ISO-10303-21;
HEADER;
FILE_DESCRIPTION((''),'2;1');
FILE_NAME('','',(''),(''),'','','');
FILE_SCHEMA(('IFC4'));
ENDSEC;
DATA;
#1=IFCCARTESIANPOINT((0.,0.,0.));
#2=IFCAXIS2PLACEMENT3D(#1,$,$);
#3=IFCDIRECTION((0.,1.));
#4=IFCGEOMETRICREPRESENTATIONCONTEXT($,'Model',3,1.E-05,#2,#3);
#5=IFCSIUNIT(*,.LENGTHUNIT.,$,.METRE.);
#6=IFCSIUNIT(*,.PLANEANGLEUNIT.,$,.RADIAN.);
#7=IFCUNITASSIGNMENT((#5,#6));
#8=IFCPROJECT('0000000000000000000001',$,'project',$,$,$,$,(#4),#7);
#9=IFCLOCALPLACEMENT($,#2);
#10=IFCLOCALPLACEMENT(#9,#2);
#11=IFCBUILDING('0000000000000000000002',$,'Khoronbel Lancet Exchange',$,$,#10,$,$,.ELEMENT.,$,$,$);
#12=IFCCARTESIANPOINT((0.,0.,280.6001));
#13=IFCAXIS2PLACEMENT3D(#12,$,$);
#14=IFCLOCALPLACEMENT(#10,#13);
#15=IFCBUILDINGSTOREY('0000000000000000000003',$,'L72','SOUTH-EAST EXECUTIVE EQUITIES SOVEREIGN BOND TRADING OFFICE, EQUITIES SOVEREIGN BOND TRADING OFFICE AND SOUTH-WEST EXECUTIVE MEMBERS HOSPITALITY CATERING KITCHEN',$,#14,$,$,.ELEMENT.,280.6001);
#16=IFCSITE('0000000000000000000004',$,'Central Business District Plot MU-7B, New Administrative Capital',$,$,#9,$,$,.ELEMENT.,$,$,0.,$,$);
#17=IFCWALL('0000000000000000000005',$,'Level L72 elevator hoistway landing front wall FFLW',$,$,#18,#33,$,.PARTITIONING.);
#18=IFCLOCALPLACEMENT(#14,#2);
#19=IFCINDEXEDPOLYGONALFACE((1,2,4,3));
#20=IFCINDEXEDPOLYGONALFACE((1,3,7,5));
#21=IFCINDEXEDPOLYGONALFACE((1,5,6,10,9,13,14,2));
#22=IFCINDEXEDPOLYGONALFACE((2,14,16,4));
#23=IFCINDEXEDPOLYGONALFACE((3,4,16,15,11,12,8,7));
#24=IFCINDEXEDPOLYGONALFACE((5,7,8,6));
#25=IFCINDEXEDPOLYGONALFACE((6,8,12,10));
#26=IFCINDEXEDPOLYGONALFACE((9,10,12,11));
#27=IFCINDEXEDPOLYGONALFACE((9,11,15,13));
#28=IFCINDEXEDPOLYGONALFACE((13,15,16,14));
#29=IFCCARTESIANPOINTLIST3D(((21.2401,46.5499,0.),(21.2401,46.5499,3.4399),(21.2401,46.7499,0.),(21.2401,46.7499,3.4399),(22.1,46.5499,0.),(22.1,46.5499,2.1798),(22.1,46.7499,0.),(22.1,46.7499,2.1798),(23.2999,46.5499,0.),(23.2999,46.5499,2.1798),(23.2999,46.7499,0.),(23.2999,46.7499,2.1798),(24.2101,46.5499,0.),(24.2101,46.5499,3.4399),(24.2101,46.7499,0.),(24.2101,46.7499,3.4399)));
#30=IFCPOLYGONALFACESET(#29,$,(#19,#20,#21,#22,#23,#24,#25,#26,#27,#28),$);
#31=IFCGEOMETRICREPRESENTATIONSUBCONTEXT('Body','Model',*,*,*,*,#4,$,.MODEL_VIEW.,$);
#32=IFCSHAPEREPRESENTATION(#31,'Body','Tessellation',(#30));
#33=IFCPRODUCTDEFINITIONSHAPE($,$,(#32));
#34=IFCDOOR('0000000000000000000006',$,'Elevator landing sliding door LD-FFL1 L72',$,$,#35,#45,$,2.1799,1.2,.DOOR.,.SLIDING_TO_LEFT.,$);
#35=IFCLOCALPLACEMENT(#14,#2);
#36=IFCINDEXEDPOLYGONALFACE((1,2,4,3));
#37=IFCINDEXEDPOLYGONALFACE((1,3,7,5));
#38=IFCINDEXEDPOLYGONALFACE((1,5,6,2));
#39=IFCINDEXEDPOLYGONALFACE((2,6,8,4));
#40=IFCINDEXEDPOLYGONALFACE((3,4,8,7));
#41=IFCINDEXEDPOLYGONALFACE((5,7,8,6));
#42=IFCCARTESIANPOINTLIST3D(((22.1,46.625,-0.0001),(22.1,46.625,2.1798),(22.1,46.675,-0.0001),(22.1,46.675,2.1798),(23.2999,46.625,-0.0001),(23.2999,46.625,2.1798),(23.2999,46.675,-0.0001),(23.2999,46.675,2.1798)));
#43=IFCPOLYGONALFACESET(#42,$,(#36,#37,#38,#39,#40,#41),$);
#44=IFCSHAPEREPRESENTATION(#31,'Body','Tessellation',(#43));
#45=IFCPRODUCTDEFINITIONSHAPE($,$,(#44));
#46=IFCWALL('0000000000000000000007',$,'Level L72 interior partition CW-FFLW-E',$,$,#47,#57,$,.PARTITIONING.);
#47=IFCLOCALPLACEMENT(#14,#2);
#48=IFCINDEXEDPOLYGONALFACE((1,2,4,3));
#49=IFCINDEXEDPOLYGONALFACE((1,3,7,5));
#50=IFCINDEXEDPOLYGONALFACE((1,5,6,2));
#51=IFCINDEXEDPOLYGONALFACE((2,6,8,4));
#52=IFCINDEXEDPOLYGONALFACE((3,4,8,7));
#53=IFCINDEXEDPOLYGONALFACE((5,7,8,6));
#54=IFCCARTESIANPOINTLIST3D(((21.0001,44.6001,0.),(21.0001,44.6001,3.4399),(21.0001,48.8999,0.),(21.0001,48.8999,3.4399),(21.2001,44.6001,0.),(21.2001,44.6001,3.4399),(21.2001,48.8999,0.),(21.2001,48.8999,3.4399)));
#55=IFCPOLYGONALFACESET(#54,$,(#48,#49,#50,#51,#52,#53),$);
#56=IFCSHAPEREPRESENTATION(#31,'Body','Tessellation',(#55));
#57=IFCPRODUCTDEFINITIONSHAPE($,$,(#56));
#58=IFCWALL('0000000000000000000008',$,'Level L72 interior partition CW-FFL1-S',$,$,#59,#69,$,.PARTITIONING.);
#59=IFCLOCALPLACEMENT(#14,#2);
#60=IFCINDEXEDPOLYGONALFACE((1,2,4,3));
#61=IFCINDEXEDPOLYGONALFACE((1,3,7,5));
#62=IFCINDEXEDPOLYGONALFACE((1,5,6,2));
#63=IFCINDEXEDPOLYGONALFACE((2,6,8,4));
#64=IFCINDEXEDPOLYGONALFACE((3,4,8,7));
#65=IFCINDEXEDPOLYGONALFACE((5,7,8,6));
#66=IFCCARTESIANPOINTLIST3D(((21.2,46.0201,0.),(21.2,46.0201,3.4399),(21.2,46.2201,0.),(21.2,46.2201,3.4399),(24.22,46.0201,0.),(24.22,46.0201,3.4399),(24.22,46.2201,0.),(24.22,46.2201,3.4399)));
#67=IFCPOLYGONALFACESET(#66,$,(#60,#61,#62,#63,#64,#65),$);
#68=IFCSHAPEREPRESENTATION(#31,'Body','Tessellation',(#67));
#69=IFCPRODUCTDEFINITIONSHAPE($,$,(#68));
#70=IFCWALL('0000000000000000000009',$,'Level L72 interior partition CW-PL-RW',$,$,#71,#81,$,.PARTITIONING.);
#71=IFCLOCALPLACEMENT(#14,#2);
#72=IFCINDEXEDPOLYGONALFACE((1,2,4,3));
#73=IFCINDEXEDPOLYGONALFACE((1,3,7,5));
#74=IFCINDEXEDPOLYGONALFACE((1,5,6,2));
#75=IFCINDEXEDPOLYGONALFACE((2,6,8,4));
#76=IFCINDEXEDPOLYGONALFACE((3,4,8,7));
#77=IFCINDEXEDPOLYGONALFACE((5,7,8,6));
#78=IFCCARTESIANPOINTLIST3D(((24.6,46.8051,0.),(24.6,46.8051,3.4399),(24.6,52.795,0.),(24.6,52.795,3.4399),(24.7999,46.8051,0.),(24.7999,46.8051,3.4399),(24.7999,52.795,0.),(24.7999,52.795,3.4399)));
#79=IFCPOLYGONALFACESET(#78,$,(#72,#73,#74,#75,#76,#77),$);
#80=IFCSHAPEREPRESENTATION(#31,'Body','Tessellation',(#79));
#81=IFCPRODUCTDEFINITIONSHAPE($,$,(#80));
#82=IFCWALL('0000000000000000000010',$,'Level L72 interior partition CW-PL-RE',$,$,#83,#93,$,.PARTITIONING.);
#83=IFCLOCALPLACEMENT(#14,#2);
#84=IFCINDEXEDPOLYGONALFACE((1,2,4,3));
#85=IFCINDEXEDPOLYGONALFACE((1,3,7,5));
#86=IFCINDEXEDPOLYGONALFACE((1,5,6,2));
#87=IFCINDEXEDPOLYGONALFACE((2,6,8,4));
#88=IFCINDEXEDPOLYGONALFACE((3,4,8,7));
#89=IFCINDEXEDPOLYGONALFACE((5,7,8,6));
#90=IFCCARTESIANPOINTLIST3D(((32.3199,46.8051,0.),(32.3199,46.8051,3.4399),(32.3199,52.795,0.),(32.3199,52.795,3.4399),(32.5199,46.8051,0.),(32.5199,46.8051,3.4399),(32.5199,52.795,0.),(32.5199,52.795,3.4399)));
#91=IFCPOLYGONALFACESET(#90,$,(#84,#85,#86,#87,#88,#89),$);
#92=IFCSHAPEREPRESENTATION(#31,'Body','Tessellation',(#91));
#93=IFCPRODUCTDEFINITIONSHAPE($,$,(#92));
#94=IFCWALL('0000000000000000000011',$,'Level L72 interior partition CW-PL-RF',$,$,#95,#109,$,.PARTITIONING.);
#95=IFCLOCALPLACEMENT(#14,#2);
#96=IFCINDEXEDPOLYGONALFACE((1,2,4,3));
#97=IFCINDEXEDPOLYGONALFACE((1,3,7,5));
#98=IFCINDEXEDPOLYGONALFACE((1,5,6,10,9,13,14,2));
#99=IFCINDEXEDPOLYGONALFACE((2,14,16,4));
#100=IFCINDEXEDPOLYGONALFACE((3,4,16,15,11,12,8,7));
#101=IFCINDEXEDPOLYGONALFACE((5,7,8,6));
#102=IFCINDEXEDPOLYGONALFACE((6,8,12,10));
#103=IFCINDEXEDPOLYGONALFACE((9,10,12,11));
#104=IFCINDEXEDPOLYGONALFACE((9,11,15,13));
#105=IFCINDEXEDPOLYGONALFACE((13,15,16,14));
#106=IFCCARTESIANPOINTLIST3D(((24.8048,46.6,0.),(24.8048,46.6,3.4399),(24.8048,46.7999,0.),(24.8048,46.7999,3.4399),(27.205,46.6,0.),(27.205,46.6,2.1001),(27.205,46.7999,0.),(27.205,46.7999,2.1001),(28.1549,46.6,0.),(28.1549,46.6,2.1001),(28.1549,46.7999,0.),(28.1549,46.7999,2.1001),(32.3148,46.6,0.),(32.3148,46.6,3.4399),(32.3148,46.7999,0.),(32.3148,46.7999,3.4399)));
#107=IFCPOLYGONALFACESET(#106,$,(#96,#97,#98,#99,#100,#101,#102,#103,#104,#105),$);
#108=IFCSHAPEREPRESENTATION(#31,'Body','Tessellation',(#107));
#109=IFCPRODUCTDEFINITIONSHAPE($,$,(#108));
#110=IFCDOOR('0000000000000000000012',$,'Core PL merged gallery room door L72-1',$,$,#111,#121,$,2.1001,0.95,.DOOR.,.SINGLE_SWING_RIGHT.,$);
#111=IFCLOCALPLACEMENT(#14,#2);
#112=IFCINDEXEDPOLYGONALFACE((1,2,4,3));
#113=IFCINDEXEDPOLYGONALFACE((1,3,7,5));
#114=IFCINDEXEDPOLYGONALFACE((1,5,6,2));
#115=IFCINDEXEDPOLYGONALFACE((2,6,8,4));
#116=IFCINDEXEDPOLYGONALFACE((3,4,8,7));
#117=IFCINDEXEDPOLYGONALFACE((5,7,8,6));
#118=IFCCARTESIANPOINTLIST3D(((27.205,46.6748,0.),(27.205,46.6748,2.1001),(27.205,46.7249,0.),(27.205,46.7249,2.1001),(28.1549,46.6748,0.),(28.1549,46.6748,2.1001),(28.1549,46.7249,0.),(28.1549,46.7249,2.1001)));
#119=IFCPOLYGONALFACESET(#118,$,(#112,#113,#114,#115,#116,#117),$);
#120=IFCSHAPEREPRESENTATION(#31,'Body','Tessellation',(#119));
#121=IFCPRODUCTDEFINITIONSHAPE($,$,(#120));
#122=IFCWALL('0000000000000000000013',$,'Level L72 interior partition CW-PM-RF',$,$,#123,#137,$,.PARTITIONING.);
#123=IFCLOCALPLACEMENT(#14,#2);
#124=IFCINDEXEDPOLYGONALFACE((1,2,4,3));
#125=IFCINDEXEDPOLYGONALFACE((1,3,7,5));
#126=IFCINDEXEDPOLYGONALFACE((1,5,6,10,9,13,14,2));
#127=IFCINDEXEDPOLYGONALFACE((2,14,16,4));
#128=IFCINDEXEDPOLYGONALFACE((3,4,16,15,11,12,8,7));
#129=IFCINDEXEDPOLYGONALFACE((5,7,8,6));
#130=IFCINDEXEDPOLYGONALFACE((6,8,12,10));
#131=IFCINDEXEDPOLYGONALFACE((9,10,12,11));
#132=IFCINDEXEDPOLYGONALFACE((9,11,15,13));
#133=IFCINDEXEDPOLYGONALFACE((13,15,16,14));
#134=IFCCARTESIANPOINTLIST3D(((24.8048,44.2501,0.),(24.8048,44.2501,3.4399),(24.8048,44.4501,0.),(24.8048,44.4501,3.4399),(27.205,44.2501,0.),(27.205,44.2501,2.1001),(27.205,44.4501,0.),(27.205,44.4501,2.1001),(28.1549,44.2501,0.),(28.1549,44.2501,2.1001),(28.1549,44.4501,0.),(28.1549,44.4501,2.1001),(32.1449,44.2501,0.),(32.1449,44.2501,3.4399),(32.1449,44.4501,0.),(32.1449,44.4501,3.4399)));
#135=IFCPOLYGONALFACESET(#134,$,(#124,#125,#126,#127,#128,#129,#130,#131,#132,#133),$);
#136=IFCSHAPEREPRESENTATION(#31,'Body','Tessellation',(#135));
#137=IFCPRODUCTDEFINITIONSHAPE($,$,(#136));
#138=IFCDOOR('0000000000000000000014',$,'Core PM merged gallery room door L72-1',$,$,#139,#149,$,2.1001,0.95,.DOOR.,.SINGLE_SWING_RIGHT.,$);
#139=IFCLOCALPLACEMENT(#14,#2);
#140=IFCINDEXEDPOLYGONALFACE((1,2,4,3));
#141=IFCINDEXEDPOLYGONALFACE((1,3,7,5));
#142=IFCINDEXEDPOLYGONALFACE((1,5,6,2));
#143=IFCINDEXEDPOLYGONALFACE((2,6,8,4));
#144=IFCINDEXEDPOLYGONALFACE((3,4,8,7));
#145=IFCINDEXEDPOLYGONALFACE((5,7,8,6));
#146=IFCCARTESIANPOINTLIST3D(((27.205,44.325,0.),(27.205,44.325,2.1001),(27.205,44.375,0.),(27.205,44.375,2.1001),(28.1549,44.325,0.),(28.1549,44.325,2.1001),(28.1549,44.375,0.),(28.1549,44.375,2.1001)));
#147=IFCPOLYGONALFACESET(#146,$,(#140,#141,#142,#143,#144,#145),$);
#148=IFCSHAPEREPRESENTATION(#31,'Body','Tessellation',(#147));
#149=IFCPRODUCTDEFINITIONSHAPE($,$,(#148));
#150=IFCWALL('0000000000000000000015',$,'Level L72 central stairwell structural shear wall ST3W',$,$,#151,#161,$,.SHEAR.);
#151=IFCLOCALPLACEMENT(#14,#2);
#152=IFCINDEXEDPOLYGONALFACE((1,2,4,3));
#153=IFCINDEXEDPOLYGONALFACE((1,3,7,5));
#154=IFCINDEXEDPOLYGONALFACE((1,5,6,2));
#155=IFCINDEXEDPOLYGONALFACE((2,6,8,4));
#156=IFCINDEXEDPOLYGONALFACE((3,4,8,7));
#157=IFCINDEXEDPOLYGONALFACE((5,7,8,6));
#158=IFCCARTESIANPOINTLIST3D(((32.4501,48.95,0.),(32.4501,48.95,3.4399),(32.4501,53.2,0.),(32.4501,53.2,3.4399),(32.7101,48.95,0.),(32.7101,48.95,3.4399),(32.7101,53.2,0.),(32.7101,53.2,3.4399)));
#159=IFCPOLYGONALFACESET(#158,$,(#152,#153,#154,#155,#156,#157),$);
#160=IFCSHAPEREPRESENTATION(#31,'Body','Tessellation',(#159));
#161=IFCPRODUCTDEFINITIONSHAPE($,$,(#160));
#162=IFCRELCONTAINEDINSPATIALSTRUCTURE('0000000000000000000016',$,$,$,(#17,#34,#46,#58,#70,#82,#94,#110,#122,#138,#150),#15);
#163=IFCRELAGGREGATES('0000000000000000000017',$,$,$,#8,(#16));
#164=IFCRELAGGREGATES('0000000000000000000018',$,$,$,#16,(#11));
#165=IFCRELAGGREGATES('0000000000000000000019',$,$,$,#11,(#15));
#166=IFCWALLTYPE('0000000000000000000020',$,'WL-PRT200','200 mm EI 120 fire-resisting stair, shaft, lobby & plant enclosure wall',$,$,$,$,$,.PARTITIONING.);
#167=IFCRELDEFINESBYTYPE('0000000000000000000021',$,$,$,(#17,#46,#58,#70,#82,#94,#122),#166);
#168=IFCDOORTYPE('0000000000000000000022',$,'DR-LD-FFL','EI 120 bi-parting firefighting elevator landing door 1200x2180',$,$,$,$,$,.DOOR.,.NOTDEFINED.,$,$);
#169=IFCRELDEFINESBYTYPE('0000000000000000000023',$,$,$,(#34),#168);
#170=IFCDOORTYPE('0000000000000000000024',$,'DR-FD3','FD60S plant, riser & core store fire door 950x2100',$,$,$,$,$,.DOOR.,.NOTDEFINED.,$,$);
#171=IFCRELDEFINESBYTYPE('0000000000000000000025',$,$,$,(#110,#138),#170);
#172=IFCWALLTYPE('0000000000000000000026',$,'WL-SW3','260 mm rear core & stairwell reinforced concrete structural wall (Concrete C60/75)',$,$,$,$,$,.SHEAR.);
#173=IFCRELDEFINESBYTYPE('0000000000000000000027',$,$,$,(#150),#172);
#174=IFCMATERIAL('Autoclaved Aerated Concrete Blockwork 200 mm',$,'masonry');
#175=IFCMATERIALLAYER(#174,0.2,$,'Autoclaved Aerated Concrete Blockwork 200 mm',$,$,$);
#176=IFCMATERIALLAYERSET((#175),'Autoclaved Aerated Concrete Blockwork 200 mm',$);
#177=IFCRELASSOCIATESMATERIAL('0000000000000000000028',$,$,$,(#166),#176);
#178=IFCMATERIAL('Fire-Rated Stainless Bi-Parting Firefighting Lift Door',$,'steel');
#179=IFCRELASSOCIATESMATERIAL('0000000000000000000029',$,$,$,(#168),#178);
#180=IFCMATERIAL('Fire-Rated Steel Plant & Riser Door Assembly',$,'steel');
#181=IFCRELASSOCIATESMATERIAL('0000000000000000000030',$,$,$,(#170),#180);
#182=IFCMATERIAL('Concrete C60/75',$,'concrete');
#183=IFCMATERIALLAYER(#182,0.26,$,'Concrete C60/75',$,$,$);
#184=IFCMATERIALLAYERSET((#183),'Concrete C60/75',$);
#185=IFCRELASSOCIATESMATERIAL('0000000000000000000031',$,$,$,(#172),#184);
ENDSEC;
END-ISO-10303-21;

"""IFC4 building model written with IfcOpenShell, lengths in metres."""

from ifc_helpers import new_model, si_unit, direction, frame, frame_2d, origin, place, context, subcontext, project, spatial, rectangle, extrude, material, layer, layer_set, type_object, element, fill, save


model = new_model("IFC4")

# Units and contexts
model_context = context("Model", 3, precision=1e-05, world=origin(), true_north=direction((0.0, 1.0)))
body_context = subcontext(model_context, "Body", "Model", "MODEL_VIEW")
ifc_project = project(units=[si_unit("LENGTHUNIT", "METRE"), si_unit("PLANEANGLEUNIT", "RADIAN")], contexts=[model_context])

# Site, building, storey
site_placement = place(None, origin())
site = spatial("IfcSite", under=ifc_project, at=site_placement, Name="Central Business District Plot MU-7B, New Administrative Capital", CompositionType="ELEMENT", RefElevation=0.0)
building_placement = place(site_placement, origin())
building = spatial("IfcBuilding", under=site, at=building_placement, Name="Khoronbel Lancet Exchange", CompositionType="ELEMENT")
storey_placement = place(building_placement, frame((0.0, 0.0, 280.6001)))
storey = spatial("IfcBuildingStorey", under=building, at=storey_placement, Name="L72", Description="SOUTH-EAST EXECUTIVE EQUITIES SOVEREIGN BOND TRADING OFFICE, EQUITIES SOVEREIGN BOND TRADING OFFICE AND SOUTH-WEST EXECUTIVE MEMBERS HOSPITALITY CATERING KITCHEN", CompositionType="ELEMENT", Elevation=280.6001)

# Wall, opening, door
ifc_material_1 = material(Name="Autoclaved Aerated Concrete Blockwork 200 mm", Category="masonry")
ifc_layer_1 = layer(ifc_material_1, 0.2, Name="Autoclaved Aerated Concrete Blockwork 200 mm")
ifc_layer_set_1 = layer_set([ifc_layer_1], Name="Autoclaved Aerated Concrete Blockwork 200 mm")
wall_type_1 = type_object("IfcWallType", Name="WL-PRT200", Description="200 mm EI 120 fire-resisting stair, shaft, lobby & plant enclosure wall", PredefinedType="PARTITIONING", material=ifc_layer_set_1)
wall_1_placement = place(storey_placement, frame((24.21, 46.6499, 0.0), z_axis=(0.0, 0.0, 1.0), x_axis=(-1.0, 0.0, 0.0)))
wall_1 = element("IfcWall", 1, at=wall_1_placement, inside=storey, type_object=wall_type_1, Name="Level L72 elevator hoistway landing front wall FFLW", PredefinedType="PARTITIONING", context=body_context, shape_type="SweptSolid", body=[
    extrude(rectangle(XDim=2.97, YDim=0.2, at=frame_2d((1.4849, 0.0))), origin(), (0.0, 0.0, 1.0), 3.4399),
])
opening_1_placement = place(wall_1_placement, frame((0.9099, 0.0, 0.0)))
opening_1 = element("IfcOpeningElement", 2, at=opening_1_placement, cuts=wall_1, PredefinedType="OPENING", context=body_context, shape_type="SweptSolid", body=[
    extrude(rectangle(XDim=1.2, YDim=2.1799, at=frame_2d((0.6001, 1.0898))), frame((0.0, 0.1099, 0.0), z_axis=(0.0, -1.0, 0.0), x_axis=(1.0, 0.0, 0.0)), (0.0, 0.0, 1.0), 0.22),
])
ifc_material_2 = material(Name="Fire-Rated Stainless Bi-Parting Firefighting Lift Door", Category="steel")
door_type_1 = type_object("IfcDoorType", Name="DR-LD-FFL", Description="EI 120 bi-parting firefighting elevator landing door 1200x2180", OperationType="NOTDEFINED", PredefinedType="DOOR", material=ifc_material_2)
door_1_placement = place(opening_1_placement, origin())
door_1 = element("IfcDoor", 3, at=door_1_placement, inside=storey, type_object=door_type_1, Name="Elevator landing sliding door LD-FFL1 L72", OperationType="SLIDING_TO_LEFT", OverallHeight=2.1799, OverallWidth=1.2, PredefinedType="DOOR", context=body_context, shape_type="SweptSolid", body=[
    extrude(rectangle(XDim=1.2, YDim=2.1799, at=frame_2d((0.6001, 1.0898))), frame((0.0, 0.0249, 0.0), z_axis=(0.0, -1.0, 0.0), x_axis=(1.0, 0.0, 0.0)), (0.0, 0.0, 1.0), 0.05),
])
fill(opening_1, door_1)

# Walls
wall_2_placement = place(storey_placement, frame((21.1001, 44.6001, 0.0), z_axis=(0.0, 0.0, 1.0), x_axis=(0.0, 1.0, 0.0)))
element("IfcWall", 4, at=wall_2_placement, inside=storey, type_object=wall_type_1, Name="Level L72 interior partition CW-FFLW-E", PredefinedType="PARTITIONING", context=body_context, shape_type="SweptSolid", body=[
    extrude(rectangle(XDim=4.2998, YDim=0.2, at=frame_2d((2.1499, 0.0))), origin(), (0.0, 0.0, 1.0), 3.4399),
])
wall_3_placement = place(storey_placement, frame((21.2, 46.1201, 0.0), z_axis=(0.0, 0.0, 1.0), x_axis=(1.0, 0.0, 0.0)))
element("IfcWall", 5, at=wall_3_placement, inside=storey, type_object=wall_type_1, Name="Level L72 interior partition CW-FFL1-S", PredefinedType="PARTITIONING", context=body_context, shape_type="SweptSolid", body=[
    extrude(rectangle(XDim=3.02, YDim=0.2, at=frame_2d((1.51, 0.0))), origin(), (0.0, 0.0, 1.0), 3.4399),
])
for number, where, z_axis, x_axis, name in (
    (6, (24.7, 46.8049, 0.0), (0.0, 0.0, 1.0), (0.0, 1.0, 0.0), "Level L72 interior partition CW-PL-RW"),
    (7, (32.4199, 46.8049, 0.0), (0.0, 0.0, 1.0), (0.0, 1.0, 0.0), "Level L72 interior partition CW-PL-RE"),
):
    element("IfcWall", number, at=place(storey_placement, frame(where, z_axis=z_axis, x_axis=x_axis)), inside=storey, type_object=wall_type_1, Name=name, PredefinedType="PARTITIONING", context=body_context, shape_type="SweptSolid", body=[
        extrude(rectangle(XDim=5.99, YDim=0.2, at=frame_2d((2.9951, 0.0))), origin(), (0.0, 0.0, 1.0), 3.4399),
    ])

# Walls, openings, doors
wall_4_placement = place(storey_placement, frame((24.8049, 46.7, 0.0), z_axis=(0.0, 0.0, 1.0), x_axis=(1.0, 0.0, 0.0)))
wall_4 = element("IfcWall", 8, at=wall_4_placement, inside=storey, type_object=wall_type_1, Name="Level L72 interior partition CW-PL-RF", PredefinedType="PARTITIONING", context=body_context, shape_type="SweptSolid", body=[
    extrude(rectangle(XDim=7.51, YDim=0.2, at=frame_2d((3.7549, 0.0))), origin(), (0.0, 0.0, 1.0), 3.4399),
])
opening_2_placement = place(wall_4_placement, frame((2.3999, 0.0, 0.0)))
opening_2 = element("IfcOpeningElement", 9, at=opening_2_placement, cuts=wall_4, PredefinedType="OPENING", context=body_context, shape_type="SweptSolid", body=[
    extrude(rectangle(XDim=0.95, YDim=2.1001, at=frame_2d((0.4751, 1.05))), frame((0.0, 0.1099, 0.0), z_axis=(0.0, -1.0, 0.0), x_axis=(1.0, 0.0, 0.0)), (0.0, 0.0, 1.0), 0.22),
])
ifc_material_3 = material(Name="Fire-Rated Steel Plant & Riser Door Assembly", Category="steel")
door_type_2 = type_object("IfcDoorType", Name="DR-FD3", Description="FD60S plant, riser & core store fire door 950x2100", OperationType="NOTDEFINED", PredefinedType="DOOR", material=ifc_material_3)
door_2_placement = place(opening_2_placement, origin())
door_2 = element("IfcDoor", 10, at=door_2_placement, inside=storey, type_object=door_type_2, Name="Core PL merged gallery room door L72-1", OperationType="SINGLE_SWING_RIGHT", OverallHeight=2.1001, OverallWidth=0.95, PredefinedType="DOOR", context=body_context, shape_type="SweptSolid", body=[
    extrude(rectangle(XDim=0.95, YDim=2.1001, at=frame_2d((0.4751, 1.05))), frame((0.0, 0.0249, 0.0), z_axis=(0.0, -1.0, 0.0), x_axis=(1.0, 0.0, 0.0)), (0.0, 0.0, 1.0), 0.05),
])
fill(opening_2, door_2)
wall_5_placement = place(storey_placement, frame((24.8049, 44.3501, 0.0), z_axis=(0.0, 0.0, 1.0), x_axis=(1.0, 0.0, 0.0)))
wall_5 = element("IfcWall", 11, at=wall_5_placement, inside=storey, type_object=wall_type_1, Name="Level L72 interior partition CW-PM-RF", PredefinedType="PARTITIONING", context=body_context, shape_type="SweptSolid", body=[
    extrude(rectangle(XDim=7.3401, YDim=0.2, at=frame_2d((3.6699, 0.0))), origin(), (0.0, 0.0, 1.0), 3.4399),
])
opening_3_placement = place(wall_5_placement, frame((2.3999, 0.0, 0.0)))
opening_3 = element("IfcOpeningElement", 12, at=opening_3_placement, cuts=wall_5, PredefinedType="OPENING", context=body_context, shape_type="SweptSolid", body=[
    extrude(rectangle(XDim=0.95, YDim=2.1001, at=frame_2d((0.4751, 1.05))), frame((0.0, 0.1099, 0.0), z_axis=(0.0, -1.0, 0.0), x_axis=(1.0, 0.0, 0.0)), (0.0, 0.0, 1.0), 0.22),
])
door_3_placement = place(opening_3_placement, origin())
door_3 = element("IfcDoor", 13, at=door_3_placement, inside=storey, type_object=door_type_2, Name="Core PM merged gallery room door L72-1", OperationType="SINGLE_SWING_RIGHT", OverallHeight=2.1001, OverallWidth=0.95, PredefinedType="DOOR", context=body_context, shape_type="SweptSolid", body=[
    extrude(rectangle(XDim=0.95, YDim=2.1001, at=frame_2d((0.4751, 1.05))), frame((0.0, 0.0249, 0.0), z_axis=(0.0, -1.0, 0.0), x_axis=(1.0, 0.0, 0.0)), (0.0, 0.0, 1.0), 0.05),
])
fill(opening_3, door_3)

# Wall
ifc_material_4 = material(Name="Concrete C60/75", Category="concrete")
ifc_layer_2 = layer(ifc_material_4, 0.26, Name="Concrete C60/75")
ifc_layer_set_2 = layer_set([ifc_layer_2], Name="Concrete C60/75")
wall_type_2 = type_object("IfcWallType", Name="WL-SW3", Description="260 mm rear core & stairwell reinforced concrete structural wall (Concrete C60/75)", PredefinedType="SHEAR", material=ifc_layer_set_2)
wall_6_placement = place(storey_placement, frame((32.5801, 48.95, 0.0), z_axis=(0.0, 0.0, 1.0), x_axis=(0.0, 1.0, 0.0)))
element("IfcWall", 14, at=wall_6_placement, inside=storey, type_object=wall_type_2, Name="Level L72 central stairwell structural shear wall ST3W", PredefinedType="SHEAR", context=body_context, shape_type="SweptSolid", body=[
    extrude(rectangle(XDim=4.25, YDim=0.26, at=frame_2d((2.125, 0.0))), origin(), (0.0, 0.0, 1.0), 3.4399),
])

save(model, "model.ifc")
